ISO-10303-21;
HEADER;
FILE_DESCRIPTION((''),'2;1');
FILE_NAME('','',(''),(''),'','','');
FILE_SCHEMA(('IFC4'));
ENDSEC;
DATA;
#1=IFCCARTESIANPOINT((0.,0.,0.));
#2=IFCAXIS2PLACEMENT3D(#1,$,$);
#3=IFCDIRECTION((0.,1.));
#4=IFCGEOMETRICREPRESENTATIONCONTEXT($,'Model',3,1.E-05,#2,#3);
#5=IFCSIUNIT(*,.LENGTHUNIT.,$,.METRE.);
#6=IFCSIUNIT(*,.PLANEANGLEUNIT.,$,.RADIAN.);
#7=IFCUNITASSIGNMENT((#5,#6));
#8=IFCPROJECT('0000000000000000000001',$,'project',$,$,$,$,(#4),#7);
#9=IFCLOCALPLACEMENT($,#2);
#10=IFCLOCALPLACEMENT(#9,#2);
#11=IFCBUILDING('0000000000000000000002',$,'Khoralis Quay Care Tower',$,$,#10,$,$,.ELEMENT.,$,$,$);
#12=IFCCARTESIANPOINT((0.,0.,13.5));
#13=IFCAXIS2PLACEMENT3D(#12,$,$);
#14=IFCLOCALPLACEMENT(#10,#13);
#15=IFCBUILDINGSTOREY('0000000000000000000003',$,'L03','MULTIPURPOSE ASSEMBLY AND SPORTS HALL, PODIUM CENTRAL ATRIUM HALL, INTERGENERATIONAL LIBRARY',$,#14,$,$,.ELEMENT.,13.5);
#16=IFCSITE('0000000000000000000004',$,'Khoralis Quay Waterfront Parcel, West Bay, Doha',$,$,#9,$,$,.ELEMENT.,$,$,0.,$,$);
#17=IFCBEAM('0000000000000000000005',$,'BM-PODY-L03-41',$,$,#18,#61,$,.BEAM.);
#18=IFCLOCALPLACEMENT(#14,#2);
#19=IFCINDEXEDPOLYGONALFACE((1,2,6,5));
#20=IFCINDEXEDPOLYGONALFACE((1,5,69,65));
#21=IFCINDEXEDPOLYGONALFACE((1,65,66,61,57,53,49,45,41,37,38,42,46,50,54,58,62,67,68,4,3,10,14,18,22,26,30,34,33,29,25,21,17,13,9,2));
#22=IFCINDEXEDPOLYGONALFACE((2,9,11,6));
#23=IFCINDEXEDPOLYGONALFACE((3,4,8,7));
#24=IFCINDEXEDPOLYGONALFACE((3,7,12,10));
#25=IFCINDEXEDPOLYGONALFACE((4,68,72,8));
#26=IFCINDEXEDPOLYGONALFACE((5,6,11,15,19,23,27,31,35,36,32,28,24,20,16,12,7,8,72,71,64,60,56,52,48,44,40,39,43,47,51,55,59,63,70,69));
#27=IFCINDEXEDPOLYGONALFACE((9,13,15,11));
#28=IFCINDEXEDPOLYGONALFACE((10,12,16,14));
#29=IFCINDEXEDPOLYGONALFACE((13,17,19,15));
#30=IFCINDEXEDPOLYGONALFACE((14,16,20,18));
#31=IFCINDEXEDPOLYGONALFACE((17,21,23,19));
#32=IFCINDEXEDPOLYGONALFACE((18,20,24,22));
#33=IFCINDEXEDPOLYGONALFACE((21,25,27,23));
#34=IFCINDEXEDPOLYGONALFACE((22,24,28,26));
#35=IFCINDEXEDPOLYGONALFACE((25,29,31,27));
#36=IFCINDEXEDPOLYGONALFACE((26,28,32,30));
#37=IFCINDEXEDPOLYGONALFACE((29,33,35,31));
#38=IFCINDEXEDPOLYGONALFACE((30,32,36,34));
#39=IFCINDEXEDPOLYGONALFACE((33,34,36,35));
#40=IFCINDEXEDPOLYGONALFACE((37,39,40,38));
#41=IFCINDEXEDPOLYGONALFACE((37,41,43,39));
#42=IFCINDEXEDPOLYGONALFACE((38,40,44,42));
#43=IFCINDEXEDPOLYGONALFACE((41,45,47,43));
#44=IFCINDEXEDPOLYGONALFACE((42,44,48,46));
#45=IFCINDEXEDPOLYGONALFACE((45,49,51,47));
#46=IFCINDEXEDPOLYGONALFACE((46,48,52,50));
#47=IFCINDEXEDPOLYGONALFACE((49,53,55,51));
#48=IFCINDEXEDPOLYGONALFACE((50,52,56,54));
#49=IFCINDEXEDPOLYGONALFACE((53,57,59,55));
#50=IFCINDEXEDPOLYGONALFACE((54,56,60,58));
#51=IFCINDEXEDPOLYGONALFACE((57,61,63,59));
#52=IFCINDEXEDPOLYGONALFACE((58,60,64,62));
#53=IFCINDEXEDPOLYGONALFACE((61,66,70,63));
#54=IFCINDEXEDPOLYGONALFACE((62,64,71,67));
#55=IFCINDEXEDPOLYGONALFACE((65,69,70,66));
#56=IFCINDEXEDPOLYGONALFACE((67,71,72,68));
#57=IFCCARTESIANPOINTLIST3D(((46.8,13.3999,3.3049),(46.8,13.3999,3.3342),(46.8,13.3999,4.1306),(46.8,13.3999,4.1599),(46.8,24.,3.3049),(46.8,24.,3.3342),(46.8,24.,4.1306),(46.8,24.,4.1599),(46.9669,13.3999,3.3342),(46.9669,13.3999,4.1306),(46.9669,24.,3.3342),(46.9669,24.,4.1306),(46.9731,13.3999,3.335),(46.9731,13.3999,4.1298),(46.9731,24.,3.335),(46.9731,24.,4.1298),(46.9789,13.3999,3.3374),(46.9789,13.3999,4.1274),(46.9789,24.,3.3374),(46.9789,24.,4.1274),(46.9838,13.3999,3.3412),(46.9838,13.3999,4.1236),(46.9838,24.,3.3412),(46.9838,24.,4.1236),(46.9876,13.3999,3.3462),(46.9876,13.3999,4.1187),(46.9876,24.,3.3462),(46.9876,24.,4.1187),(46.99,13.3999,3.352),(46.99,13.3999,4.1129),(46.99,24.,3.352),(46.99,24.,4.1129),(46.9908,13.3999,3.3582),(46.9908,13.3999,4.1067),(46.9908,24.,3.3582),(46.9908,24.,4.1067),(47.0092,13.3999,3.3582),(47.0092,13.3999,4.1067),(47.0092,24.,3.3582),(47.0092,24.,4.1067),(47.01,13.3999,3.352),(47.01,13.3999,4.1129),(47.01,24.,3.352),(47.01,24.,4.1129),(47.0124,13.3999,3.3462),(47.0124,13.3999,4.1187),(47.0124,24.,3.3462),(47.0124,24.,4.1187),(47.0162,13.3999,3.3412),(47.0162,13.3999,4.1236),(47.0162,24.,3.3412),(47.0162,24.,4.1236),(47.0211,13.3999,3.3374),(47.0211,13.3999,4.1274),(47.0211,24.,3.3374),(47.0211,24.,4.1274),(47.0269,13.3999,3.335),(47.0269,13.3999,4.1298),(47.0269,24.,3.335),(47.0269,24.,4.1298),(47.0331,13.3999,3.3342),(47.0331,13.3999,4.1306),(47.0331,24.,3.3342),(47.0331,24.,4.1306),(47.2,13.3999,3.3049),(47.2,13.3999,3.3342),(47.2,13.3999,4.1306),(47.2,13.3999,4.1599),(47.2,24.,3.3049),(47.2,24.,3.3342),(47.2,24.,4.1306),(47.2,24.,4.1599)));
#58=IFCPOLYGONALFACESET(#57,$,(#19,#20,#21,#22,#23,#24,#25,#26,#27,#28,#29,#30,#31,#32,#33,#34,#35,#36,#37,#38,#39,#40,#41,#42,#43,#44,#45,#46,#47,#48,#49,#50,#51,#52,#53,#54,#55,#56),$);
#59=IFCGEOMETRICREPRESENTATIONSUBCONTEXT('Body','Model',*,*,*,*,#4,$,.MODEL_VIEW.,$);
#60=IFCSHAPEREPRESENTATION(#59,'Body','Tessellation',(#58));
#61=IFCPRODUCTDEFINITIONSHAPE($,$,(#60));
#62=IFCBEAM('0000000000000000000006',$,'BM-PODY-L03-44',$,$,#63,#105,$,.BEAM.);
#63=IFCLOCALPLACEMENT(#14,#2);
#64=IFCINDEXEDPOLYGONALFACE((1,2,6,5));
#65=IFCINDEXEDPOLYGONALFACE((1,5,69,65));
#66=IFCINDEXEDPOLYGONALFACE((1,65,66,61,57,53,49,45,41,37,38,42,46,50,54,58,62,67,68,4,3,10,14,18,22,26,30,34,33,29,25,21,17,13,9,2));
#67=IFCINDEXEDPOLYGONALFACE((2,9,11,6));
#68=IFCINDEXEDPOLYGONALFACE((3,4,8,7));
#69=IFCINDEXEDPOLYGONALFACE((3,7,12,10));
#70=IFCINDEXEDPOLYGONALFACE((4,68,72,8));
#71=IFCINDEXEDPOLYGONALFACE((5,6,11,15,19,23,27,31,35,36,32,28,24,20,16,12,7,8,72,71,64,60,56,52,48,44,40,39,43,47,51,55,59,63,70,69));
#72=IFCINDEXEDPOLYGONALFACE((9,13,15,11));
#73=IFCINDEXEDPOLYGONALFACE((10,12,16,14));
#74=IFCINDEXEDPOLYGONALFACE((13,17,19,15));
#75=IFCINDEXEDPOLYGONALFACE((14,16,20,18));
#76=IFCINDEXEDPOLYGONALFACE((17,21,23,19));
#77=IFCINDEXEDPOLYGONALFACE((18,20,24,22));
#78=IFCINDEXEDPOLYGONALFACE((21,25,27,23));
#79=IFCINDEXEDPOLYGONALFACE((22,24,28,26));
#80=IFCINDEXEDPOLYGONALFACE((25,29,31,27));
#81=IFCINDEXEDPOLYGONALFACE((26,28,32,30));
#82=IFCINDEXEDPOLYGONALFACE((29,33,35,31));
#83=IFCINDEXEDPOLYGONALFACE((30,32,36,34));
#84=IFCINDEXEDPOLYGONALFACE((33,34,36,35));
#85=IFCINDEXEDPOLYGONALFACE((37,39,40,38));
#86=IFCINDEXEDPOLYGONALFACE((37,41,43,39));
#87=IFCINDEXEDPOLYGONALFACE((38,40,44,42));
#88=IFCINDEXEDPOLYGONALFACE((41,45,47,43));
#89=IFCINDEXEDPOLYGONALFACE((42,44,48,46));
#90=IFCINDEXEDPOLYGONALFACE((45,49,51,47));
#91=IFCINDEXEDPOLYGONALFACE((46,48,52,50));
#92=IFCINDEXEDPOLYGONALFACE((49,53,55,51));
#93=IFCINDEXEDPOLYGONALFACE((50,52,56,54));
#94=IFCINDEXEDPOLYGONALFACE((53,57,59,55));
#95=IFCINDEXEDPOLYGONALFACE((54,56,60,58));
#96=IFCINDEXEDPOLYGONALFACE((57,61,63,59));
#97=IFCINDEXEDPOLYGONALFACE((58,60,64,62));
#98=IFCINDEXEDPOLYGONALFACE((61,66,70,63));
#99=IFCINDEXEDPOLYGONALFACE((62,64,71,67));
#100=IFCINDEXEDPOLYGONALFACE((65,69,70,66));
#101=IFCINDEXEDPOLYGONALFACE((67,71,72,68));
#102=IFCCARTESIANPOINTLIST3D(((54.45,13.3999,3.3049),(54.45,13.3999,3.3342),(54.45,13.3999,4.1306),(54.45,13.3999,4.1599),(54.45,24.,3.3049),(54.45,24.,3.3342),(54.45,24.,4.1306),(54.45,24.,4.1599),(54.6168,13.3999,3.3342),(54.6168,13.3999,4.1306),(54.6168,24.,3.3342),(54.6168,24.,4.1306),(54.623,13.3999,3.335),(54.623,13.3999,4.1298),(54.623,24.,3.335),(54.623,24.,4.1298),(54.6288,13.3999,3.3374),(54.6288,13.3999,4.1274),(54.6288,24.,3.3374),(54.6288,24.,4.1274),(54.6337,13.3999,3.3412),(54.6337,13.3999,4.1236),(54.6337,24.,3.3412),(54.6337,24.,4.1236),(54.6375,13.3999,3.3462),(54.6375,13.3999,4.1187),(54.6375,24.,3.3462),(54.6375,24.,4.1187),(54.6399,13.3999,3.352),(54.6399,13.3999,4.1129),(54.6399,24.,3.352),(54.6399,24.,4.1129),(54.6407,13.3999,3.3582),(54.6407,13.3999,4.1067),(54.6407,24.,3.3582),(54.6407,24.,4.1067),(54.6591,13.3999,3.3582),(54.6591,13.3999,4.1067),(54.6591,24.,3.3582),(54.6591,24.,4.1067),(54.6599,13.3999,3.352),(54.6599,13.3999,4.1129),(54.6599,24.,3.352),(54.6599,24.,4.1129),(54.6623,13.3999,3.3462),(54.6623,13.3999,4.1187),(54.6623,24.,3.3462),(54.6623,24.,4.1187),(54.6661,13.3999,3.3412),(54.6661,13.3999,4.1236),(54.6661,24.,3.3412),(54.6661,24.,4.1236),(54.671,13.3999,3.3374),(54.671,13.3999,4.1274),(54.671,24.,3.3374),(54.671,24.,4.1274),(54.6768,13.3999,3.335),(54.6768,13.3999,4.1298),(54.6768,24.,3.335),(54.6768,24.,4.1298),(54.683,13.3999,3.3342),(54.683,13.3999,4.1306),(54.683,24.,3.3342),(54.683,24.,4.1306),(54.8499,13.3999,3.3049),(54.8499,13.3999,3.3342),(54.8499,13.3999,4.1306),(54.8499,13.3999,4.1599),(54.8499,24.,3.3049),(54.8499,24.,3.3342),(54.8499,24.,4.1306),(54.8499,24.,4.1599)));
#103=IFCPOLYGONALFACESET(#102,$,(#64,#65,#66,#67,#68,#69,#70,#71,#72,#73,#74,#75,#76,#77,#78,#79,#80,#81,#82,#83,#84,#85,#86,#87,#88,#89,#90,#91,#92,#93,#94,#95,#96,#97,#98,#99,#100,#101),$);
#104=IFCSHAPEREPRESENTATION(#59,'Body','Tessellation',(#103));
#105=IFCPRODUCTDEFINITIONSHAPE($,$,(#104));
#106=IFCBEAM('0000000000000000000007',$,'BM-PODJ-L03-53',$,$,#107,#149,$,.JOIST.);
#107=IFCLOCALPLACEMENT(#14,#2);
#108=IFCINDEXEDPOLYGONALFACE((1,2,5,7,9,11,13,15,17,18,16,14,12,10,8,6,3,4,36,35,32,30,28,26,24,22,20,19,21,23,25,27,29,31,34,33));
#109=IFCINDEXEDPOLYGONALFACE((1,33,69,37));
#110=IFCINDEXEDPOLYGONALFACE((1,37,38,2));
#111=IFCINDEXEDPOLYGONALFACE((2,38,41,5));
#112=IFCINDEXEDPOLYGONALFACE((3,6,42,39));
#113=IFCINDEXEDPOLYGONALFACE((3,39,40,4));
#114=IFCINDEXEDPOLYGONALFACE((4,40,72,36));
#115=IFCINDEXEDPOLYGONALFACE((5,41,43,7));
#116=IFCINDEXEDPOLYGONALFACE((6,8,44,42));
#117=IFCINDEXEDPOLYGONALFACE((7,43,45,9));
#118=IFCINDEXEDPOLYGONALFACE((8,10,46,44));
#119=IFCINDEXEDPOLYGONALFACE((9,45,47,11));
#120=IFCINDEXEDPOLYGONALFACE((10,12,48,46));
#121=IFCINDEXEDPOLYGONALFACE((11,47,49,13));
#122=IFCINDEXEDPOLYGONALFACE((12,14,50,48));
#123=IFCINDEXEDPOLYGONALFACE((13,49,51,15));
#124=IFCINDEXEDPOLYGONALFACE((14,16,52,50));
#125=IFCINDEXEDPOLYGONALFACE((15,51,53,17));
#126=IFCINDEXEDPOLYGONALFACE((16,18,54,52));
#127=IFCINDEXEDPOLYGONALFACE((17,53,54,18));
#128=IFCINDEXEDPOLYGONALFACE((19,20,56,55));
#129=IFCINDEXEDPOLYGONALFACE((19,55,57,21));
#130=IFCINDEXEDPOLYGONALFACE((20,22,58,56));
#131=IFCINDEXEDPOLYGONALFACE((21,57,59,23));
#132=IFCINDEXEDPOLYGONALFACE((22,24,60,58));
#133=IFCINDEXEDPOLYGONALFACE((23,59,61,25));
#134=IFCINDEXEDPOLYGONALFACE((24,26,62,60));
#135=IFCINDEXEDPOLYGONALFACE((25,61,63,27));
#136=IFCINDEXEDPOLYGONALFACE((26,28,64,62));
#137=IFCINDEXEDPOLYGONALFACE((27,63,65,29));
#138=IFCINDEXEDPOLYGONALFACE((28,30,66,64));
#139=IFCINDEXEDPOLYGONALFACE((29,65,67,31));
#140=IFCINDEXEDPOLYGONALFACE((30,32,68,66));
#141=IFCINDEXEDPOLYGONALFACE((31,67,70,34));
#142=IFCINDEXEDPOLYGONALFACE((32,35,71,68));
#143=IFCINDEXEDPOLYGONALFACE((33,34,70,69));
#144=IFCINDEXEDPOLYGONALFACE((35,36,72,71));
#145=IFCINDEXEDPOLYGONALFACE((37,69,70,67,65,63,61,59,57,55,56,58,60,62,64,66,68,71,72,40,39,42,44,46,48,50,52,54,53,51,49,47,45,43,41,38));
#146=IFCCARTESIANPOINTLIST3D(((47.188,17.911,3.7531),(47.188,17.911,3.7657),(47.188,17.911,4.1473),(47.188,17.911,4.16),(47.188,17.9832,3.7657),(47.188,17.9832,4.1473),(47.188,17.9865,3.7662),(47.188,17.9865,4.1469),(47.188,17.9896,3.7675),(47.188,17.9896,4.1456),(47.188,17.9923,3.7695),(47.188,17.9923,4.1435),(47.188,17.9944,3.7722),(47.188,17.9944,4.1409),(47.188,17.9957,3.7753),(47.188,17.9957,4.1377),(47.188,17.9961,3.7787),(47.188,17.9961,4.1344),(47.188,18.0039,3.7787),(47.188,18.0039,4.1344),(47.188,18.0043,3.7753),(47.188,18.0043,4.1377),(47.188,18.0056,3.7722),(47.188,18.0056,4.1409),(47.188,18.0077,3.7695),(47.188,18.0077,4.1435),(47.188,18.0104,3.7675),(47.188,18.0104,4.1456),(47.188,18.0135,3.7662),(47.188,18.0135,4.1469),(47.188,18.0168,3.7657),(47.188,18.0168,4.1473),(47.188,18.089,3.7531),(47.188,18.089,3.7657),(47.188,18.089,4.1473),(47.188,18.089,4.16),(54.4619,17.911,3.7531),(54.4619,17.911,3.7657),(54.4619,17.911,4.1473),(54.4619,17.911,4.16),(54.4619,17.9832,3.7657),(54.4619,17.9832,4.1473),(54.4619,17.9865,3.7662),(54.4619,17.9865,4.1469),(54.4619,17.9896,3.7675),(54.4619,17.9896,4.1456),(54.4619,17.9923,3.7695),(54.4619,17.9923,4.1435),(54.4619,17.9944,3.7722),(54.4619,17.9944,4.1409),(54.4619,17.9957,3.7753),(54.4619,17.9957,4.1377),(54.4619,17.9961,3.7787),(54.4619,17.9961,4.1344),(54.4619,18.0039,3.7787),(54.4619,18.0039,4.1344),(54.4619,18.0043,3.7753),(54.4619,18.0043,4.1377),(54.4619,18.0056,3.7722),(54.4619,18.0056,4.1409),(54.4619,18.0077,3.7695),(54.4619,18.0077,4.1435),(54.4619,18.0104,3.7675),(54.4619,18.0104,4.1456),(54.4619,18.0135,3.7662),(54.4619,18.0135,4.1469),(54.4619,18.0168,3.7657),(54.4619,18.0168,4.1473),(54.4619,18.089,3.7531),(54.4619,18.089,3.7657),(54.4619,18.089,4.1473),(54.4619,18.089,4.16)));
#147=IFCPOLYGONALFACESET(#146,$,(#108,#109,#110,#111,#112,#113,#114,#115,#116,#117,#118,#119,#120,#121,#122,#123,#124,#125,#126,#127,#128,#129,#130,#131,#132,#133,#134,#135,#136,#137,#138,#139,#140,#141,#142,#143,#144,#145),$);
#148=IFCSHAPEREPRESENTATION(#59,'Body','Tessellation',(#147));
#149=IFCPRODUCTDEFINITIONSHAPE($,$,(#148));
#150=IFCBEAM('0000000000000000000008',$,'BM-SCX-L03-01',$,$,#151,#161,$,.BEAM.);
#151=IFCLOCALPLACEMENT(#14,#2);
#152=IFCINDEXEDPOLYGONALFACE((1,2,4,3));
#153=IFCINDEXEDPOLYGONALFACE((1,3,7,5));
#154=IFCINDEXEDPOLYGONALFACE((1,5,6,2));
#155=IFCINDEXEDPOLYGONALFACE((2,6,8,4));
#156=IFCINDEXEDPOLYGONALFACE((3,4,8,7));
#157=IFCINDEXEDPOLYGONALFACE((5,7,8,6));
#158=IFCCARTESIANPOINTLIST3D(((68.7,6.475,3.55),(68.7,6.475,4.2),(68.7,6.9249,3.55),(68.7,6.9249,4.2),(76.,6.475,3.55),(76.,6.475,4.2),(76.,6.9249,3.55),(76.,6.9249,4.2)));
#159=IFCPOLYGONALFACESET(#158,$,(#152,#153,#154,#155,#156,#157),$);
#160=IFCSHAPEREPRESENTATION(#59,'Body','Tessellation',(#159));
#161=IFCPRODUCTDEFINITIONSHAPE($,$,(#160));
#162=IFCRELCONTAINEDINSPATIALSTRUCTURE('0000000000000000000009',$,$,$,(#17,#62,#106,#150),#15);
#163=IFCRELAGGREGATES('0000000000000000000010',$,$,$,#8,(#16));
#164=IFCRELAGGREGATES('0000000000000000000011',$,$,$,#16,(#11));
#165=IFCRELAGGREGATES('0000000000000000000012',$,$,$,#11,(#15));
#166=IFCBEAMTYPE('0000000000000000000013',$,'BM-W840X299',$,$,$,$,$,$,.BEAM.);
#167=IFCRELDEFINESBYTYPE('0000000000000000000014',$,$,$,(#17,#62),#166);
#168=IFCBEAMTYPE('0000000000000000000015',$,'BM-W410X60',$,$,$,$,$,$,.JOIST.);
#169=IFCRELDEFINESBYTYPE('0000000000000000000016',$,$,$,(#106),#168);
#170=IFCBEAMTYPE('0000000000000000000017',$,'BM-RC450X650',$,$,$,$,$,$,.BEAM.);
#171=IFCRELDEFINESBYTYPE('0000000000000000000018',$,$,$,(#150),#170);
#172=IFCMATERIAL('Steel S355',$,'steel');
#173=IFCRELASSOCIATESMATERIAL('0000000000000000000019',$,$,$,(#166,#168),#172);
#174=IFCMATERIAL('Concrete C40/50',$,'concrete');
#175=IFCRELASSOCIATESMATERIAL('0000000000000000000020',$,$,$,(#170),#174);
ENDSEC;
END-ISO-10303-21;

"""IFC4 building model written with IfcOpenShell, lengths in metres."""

from ifc_helpers import new_model, si_unit, direction, frame, origin, origin_2d, place, context, subcontext, project, spatial, rectangle, i_section, extrude, source, transform, mapped, material, material_profile, profile_set, type_object, element, save


model = new_model("IFC4")

# Units and contexts
model_context = context("Model", 3, precision=1e-05, world=origin(), true_north=direction((0.0, 1.0)))
body_context = subcontext(model_context, "Body", "Model", "MODEL_VIEW")
ifc_project = project(units=[si_unit("LENGTHUNIT", "METRE"), si_unit("PLANEANGLEUNIT", "RADIAN")], contexts=[model_context])

# Site, building, storey
site_placement = place(None, origin())
site = spatial("IfcSite", under=ifc_project, at=site_placement, Name="Khoralis Quay Waterfront Parcel, West Bay, Doha", CompositionType="ELEMENT", RefElevation=0.0)
building_placement = place(site_placement, origin())
building = spatial("IfcBuilding", under=site, at=building_placement, Name="Khoralis Quay Care Tower", CompositionType="ELEMENT")
storey_placement = place(building_placement, frame((0.0, 0.0, 13.5)))
storey = spatial("IfcBuildingStorey", under=building, at=storey_placement, Name="L03", Description="MULTIPURPOSE ASSEMBLY AND SPORTS HALL, PODIUM CENTRAL ATRIUM HALL, INTERGENERATIONAL LIBRARY", CompositionType="ELEMENT", Elevation=13.5)

# Shared definitions
ifc_material_1 = material(Name="Concrete C40/50", Category="concrete")

# Beams
ifc_material_2 = material(Name="Steel S355", Category="steel")
ifc_material_profile_1 = material_profile(ifc_material_2, i_section(OverallWidth=0.3999, OverallDepth=0.855, WebThickness=0.0183, FlangeThickness=0.0293, FilletRadius=0.0239, at=origin_2d()), Name="Steel S355")
ifc_profile_set_1 = profile_set([ifc_material_profile_1], Name="Steel S355")
beam_type_1 = type_object("IfcBeamType", Name="BM-W840X299", PredefinedType="BEAM", material=ifc_profile_set_1)
shared_shape_1 = source(origin(), body_context, "Body", "SweptSolid", [
    extrude(i_section(OverallWidth=0.3999, OverallDepth=0.855, WebThickness=0.0183, FlangeThickness=0.0293, FilletRadius=0.0239, at=origin_2d()), origin(), (0.0, 0.0, 1.0), 10.6001),
])
for number, where, z_axis, x_axis, name in (
    (1, (47.0, 13.3999, 3.7324), (0.0, 1.0, 0.0), (-1.0, 0.0, 0.0), "BM-PODY-L03-41"),
    (2, (54.6499, 13.3999, 3.7324), (0.0, 1.0, 0.0), (-1.0, 0.0, 0.0), "BM-PODY-L03-44"),
):
    element("IfcBeam", number, at=place(storey_placement, frame(where, z_axis=z_axis, x_axis=x_axis)), inside=storey, type_object=beam_type_1, Name=name, PredefinedType="BEAM", context=body_context, shape_type="MappedRepresentation", body=[
        mapped(shared_shape_1, transform((0.0, 0.0, 0.0), scale=1.0)),
    ])
ifc_material_profile_2 = material_profile(ifc_material_2, i_section(OverallWidth=0.178, OverallDepth=0.407, WebThickness=0.0078, FlangeThickness=0.0127, FilletRadius=0.0129, at=origin_2d()), Name="Steel S355")
ifc_profile_set_2 = profile_set([ifc_material_profile_2], Name="Steel S355")
beam_type_2 = type_object("IfcBeamType", Name="BM-W410X60", PredefinedType="JOIST", material=ifc_profile_set_2)
shared_shape_2 = source(origin(), body_context, "Body", "SweptSolid", [
    extrude(i_section(OverallWidth=0.178, OverallDepth=0.407, WebThickness=0.0078, FlangeThickness=0.0127, FilletRadius=0.0129, at=origin_2d()), origin(), (0.0, 0.0, 1.0), 7.2739),
])
beam_1_placement = place(storey_placement, frame((47.188, 18.0, 3.9565), z_axis=(1.0, 0.0, 0.0), x_axis=(0.0, 1.0, 0.0)))
element("IfcBeam", 3, at=beam_1_placement, inside=storey, type_object=beam_type_2, Name="BM-PODJ-L03-53", PredefinedType="JOIST", context=body_context, shape_type="MappedRepresentation", body=[
    mapped(shared_shape_2, transform((0.0, 0.0, 0.0), scale=1.0)),
])
ifc_material_profile_3 = material_profile(ifc_material_1, rectangle(XDim=0.45, YDim=0.6499, at=origin_2d()), Name="Concrete C40/50")
ifc_profile_set_3 = profile_set([ifc_material_profile_3], Name="Concrete C40/50")
beam_type_3 = type_object("IfcBeamType", Name="BM-RC450X650", PredefinedType="BEAM", material=ifc_profile_set_3)
shared_shape_3 = source(origin(), body_context, "Body", "SweptSolid", [
    extrude(rectangle(XDim=0.45, YDim=0.6499, at=origin_2d()), origin(), (0.0, 0.0, 1.0), 7.3),
])
beam_2_placement = place(storey_placement, frame((68.7, 6.7, 3.875), z_axis=(1.0, 0.0, 0.0), x_axis=(0.0, 1.0, 0.0)))
element("IfcBeam", 4, at=beam_2_placement, inside=storey, type_object=beam_type_3, Name="BM-SCX-L03-01", PredefinedType="BEAM", context=body_context, shape_type="MappedRepresentation", body=[
    mapped(shared_shape_3, transform((0.0, 0.0, 0.0), scale=1.0)),
])

save(model, "model.ifc")
